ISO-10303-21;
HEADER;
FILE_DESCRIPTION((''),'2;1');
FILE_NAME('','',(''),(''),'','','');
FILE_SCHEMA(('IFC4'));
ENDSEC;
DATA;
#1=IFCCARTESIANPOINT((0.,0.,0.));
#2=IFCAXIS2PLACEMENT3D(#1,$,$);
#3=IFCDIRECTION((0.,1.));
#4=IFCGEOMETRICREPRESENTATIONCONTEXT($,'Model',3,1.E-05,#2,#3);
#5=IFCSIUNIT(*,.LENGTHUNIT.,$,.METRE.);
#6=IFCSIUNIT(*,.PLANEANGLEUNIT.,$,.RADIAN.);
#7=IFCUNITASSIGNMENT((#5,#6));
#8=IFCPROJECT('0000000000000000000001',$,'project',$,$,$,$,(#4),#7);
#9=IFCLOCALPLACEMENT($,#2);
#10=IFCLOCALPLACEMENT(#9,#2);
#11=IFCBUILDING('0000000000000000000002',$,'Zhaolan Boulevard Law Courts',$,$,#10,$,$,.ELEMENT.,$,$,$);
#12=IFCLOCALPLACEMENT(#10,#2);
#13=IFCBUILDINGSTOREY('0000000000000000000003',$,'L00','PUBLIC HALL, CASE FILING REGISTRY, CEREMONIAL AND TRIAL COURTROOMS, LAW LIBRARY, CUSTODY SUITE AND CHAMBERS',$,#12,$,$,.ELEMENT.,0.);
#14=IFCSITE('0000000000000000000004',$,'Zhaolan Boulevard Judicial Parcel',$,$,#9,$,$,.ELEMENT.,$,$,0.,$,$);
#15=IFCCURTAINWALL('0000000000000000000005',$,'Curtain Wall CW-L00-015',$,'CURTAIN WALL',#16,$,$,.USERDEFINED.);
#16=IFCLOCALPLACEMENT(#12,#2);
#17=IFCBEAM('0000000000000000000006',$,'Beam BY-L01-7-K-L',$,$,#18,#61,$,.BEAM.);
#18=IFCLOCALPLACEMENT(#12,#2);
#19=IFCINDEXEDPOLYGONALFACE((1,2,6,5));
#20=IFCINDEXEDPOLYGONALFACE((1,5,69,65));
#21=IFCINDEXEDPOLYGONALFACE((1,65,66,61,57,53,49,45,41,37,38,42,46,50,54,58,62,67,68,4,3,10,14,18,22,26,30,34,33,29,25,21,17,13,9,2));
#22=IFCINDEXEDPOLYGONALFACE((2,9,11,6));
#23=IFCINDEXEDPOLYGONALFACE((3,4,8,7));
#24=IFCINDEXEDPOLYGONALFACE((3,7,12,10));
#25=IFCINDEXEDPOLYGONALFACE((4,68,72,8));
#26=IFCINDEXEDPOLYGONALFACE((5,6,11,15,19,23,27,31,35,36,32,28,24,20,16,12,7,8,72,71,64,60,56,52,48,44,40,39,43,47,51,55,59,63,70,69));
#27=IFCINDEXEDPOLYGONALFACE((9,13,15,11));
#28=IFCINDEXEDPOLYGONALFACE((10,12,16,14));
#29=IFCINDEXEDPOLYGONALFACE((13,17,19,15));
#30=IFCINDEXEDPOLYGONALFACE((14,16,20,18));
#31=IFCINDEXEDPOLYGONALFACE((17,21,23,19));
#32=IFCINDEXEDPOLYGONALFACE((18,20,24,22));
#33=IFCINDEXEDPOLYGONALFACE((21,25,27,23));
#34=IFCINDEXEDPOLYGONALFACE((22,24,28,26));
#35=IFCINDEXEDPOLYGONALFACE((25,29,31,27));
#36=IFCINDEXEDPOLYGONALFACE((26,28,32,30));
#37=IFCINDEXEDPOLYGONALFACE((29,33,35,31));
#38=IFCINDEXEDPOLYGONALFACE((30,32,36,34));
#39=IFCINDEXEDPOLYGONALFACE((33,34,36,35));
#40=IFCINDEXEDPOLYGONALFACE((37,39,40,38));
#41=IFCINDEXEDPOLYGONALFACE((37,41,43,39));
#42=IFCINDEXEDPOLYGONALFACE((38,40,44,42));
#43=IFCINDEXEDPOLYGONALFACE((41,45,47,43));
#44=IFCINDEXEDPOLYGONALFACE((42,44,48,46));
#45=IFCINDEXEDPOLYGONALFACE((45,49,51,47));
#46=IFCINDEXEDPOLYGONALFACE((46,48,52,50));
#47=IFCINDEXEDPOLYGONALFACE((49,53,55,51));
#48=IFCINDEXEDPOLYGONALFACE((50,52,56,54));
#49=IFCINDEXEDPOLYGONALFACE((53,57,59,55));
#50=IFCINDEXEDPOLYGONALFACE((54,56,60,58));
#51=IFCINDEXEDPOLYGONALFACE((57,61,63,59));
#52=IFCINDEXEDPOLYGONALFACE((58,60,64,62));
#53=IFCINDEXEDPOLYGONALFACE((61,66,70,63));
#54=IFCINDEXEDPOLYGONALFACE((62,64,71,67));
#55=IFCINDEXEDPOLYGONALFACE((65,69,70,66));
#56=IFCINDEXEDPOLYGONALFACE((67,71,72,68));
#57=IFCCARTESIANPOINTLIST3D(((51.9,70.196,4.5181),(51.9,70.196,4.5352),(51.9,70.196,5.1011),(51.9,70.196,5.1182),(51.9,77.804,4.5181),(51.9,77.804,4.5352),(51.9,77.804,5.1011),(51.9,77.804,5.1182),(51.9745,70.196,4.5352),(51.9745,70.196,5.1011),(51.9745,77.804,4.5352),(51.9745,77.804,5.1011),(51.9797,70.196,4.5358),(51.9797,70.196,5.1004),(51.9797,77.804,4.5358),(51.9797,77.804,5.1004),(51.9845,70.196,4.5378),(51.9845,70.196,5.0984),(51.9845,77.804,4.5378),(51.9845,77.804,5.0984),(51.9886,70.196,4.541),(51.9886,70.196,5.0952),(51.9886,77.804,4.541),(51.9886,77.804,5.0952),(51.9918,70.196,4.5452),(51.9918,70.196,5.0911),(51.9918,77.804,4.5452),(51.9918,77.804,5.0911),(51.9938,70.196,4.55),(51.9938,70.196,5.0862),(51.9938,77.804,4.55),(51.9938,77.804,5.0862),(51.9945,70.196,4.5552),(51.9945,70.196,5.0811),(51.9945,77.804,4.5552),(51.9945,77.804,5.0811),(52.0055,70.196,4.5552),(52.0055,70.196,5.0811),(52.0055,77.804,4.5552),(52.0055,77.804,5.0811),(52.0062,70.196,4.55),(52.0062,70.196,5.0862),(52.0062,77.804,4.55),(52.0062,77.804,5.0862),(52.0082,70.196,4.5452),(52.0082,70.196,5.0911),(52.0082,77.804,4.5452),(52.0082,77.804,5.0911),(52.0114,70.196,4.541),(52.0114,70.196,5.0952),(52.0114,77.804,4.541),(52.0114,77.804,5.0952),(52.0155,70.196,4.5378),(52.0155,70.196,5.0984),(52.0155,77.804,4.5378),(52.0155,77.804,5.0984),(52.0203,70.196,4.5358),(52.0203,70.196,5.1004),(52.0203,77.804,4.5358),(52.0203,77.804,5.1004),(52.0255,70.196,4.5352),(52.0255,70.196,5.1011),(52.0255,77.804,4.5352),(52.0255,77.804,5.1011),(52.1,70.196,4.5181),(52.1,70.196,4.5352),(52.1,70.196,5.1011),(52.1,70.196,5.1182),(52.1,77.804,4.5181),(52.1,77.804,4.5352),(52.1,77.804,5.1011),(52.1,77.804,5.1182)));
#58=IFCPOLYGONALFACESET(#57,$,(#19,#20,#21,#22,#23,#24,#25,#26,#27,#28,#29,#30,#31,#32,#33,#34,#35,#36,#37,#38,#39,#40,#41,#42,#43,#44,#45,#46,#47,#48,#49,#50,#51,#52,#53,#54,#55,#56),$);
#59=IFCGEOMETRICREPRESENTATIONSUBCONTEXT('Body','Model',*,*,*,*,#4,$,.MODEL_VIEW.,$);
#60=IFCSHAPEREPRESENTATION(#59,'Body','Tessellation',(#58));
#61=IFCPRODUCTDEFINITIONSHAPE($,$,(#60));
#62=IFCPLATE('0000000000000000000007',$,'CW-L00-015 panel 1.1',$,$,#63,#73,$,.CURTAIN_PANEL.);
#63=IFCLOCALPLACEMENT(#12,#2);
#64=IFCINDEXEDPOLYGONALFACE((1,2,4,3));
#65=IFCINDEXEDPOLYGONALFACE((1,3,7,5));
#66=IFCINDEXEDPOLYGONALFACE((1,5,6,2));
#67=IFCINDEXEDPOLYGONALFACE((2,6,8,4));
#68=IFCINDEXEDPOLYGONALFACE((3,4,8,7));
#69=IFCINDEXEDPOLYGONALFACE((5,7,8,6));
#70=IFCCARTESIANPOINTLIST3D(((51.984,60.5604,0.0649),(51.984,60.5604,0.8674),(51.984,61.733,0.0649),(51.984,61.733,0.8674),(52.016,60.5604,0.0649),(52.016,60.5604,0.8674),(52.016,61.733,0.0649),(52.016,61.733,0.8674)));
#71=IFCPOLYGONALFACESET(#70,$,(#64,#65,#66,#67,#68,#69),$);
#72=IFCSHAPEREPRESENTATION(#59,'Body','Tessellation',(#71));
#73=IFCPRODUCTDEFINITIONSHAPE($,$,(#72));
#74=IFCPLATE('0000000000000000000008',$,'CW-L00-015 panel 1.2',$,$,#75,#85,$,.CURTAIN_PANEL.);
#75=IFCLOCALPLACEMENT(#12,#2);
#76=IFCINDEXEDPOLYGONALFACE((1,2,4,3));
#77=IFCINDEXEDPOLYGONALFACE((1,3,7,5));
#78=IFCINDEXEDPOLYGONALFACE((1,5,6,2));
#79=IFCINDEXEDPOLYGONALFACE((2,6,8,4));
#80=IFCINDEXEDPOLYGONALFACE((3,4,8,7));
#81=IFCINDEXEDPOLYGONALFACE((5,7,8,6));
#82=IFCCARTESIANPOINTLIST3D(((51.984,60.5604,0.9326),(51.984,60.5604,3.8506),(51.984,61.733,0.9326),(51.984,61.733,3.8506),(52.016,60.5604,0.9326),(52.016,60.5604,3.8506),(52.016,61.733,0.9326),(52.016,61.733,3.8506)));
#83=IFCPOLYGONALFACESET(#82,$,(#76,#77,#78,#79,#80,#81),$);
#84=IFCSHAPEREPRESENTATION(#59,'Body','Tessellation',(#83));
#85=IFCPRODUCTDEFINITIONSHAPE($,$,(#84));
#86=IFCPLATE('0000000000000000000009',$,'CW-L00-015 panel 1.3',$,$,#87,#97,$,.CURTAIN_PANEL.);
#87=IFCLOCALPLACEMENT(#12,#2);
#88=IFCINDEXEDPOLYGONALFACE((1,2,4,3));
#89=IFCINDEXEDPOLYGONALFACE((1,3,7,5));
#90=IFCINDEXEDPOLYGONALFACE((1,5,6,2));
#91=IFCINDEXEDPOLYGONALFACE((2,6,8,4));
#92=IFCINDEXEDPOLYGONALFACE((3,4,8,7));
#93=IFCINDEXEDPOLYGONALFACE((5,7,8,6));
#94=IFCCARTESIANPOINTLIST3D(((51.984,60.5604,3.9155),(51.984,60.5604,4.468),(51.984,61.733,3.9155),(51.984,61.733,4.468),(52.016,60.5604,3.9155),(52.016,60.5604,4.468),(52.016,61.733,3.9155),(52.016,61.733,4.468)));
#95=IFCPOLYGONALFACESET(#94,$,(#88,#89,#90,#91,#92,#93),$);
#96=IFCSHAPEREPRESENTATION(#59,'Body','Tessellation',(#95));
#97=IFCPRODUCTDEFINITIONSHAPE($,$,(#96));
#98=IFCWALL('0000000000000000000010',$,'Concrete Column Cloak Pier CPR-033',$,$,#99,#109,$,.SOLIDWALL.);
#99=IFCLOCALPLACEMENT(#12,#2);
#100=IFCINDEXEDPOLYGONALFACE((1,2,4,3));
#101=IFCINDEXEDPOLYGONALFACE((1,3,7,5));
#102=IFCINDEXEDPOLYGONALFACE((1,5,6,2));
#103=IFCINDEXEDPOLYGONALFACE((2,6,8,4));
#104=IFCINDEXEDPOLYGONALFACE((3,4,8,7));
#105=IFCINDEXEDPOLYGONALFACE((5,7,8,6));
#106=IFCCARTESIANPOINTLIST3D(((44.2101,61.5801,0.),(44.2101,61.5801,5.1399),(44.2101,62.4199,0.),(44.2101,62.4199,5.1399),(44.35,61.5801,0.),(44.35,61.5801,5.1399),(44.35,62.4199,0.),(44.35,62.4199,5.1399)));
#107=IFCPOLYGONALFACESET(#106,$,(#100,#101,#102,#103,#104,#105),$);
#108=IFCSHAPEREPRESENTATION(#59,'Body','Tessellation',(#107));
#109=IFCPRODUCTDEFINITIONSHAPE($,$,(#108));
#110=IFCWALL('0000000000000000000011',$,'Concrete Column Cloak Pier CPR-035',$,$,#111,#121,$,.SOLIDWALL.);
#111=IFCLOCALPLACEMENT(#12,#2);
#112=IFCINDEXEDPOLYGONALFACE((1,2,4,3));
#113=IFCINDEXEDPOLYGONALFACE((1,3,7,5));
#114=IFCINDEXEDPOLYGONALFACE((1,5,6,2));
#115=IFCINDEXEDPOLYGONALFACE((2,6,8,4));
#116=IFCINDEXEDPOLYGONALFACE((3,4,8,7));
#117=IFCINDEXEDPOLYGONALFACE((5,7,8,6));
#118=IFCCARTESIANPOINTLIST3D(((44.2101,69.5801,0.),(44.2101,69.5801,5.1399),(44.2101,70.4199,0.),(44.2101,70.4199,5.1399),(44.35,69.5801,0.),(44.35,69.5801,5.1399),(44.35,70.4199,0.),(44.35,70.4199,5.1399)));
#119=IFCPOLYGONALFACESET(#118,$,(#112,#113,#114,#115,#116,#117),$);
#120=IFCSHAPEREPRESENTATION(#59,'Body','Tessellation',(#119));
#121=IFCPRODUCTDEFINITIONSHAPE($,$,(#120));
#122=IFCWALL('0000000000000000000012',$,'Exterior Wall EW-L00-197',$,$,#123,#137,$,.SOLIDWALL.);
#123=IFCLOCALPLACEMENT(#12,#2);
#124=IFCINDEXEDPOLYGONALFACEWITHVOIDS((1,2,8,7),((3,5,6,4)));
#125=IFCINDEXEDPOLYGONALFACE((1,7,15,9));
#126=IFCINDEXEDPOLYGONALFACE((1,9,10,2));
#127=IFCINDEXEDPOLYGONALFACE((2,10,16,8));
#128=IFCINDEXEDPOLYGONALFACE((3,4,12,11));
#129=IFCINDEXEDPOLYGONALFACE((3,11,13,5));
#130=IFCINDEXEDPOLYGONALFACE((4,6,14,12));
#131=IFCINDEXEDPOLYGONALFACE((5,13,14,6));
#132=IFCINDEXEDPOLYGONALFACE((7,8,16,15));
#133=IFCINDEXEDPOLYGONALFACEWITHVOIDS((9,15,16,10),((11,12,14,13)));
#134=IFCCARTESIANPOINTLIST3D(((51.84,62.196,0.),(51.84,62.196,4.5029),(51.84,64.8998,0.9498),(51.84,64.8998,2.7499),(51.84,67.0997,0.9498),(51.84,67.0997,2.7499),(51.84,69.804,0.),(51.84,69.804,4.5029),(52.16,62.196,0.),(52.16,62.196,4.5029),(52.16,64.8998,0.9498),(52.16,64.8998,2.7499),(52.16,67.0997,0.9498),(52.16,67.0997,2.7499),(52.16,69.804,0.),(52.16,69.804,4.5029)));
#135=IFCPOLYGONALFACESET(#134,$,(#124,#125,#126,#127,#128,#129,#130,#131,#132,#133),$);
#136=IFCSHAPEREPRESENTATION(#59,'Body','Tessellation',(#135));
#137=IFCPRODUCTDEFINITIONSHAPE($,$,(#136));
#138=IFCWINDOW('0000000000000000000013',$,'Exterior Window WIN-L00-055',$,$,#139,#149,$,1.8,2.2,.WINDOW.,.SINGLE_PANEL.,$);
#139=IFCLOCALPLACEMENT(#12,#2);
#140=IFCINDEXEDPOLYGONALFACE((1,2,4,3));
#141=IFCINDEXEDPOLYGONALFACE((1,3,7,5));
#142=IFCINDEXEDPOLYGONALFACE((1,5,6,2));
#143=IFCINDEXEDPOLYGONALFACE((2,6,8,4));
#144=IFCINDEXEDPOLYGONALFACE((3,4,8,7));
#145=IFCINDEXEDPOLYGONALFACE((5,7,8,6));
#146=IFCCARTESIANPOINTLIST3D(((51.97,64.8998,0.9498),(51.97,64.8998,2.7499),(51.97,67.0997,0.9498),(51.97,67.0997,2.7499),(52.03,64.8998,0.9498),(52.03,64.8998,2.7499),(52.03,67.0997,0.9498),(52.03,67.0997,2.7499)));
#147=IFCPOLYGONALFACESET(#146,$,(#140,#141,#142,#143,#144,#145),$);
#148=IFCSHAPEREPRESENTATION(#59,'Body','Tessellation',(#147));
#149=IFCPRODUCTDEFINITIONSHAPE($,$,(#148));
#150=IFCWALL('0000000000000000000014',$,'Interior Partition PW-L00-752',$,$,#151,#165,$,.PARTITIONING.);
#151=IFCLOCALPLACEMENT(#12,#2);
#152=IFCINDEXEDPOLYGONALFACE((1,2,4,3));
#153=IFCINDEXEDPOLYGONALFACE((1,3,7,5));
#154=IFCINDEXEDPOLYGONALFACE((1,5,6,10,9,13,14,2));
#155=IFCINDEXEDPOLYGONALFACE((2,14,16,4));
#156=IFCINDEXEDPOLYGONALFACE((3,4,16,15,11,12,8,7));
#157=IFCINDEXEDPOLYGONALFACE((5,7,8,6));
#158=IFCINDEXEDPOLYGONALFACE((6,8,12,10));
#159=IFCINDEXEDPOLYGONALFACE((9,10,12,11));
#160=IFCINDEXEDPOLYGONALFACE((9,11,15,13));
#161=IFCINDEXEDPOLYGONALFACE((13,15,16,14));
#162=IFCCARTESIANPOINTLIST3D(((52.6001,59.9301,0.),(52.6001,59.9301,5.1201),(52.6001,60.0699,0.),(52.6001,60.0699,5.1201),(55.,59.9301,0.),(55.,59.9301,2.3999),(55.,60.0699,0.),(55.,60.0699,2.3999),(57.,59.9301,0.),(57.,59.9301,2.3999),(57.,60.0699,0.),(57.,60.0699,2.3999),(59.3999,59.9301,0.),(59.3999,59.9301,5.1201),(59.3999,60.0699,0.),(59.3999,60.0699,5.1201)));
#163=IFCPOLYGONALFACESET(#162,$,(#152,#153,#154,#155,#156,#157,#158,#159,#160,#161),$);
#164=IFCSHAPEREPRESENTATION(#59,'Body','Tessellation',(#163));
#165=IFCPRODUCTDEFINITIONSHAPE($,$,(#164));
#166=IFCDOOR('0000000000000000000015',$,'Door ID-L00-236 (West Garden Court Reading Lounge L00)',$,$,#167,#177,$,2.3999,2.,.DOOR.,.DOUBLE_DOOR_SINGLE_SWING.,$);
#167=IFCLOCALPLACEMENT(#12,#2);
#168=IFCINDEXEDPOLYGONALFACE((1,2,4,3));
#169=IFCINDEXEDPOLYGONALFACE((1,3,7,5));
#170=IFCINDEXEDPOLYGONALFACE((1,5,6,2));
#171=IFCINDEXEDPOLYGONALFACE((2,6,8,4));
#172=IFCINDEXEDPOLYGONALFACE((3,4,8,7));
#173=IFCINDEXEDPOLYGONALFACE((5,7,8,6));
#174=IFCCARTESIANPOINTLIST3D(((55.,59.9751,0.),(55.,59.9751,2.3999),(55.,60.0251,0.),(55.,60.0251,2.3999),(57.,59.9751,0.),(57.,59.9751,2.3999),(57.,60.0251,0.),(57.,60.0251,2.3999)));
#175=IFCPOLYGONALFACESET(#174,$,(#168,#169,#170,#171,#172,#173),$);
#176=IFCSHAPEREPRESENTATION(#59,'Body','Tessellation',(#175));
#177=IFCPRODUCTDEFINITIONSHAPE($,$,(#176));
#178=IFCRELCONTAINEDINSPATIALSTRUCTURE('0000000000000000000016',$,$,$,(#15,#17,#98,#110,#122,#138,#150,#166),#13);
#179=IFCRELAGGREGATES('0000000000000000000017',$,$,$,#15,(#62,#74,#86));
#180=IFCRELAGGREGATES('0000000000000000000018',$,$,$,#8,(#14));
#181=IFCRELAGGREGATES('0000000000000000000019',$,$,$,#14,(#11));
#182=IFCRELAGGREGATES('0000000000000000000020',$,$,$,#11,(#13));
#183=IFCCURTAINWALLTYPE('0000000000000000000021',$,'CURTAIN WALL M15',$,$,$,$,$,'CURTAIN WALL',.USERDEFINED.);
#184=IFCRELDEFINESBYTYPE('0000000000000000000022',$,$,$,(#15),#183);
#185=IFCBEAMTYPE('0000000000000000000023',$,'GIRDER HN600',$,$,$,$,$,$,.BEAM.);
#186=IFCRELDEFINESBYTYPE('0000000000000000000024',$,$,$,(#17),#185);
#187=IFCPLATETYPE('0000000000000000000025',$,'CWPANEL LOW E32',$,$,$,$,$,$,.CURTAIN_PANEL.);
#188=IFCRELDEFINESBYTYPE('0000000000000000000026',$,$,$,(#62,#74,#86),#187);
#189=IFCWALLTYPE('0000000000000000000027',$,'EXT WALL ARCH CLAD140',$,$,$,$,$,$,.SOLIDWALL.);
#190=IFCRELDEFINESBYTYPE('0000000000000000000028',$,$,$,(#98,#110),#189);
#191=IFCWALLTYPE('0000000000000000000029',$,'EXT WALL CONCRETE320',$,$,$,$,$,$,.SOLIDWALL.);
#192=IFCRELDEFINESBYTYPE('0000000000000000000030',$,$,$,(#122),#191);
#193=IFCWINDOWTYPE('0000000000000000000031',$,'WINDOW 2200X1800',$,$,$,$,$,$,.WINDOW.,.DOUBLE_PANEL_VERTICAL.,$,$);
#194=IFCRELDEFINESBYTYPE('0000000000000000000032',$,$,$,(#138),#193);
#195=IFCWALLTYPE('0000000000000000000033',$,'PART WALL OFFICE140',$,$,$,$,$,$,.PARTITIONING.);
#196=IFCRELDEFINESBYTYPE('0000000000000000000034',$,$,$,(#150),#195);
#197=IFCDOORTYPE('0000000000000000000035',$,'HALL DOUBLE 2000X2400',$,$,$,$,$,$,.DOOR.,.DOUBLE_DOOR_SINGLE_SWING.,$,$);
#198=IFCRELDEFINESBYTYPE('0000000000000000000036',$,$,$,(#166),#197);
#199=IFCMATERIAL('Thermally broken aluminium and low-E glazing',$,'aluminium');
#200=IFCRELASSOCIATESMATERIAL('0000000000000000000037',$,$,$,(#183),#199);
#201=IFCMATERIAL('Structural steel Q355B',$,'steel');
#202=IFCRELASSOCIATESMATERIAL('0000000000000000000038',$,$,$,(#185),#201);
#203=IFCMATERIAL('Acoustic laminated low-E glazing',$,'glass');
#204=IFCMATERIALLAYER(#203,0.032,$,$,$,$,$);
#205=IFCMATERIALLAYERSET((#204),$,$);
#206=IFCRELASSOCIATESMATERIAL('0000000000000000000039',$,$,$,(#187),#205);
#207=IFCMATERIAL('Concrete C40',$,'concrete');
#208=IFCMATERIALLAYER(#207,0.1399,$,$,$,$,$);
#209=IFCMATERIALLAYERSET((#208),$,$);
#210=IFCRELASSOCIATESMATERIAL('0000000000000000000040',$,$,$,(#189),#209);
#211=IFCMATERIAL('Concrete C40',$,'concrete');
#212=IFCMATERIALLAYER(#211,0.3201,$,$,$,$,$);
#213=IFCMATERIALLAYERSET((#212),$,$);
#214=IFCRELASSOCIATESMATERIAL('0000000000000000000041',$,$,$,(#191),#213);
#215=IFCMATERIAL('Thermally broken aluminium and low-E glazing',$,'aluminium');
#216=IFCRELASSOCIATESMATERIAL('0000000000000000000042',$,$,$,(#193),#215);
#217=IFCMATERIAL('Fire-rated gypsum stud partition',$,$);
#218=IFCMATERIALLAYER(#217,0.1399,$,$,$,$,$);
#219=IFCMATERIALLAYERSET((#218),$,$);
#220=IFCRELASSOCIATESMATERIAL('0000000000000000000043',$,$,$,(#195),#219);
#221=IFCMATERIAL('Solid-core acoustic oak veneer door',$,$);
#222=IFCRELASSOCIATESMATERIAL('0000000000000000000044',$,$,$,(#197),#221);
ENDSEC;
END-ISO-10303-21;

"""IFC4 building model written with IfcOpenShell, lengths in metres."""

from ifc_helpers import new_model, si_unit, direction, frame, frame_2d, origin, origin_2d, place, context, subcontext, project, spatial, rectangle, i_section, extrude, material, layer, layer_set, material_profile, profile_set, type_object, element, fill, aggregate, save


model = new_model("IFC4")

# Units and contexts
model_context = context("Model", 3, precision=1e-05, world=origin(), true_north=direction((0.0, 1.0)))
body_context = subcontext(model_context, "Body", "Model", "MODEL_VIEW")
ifc_project = project(units=[si_unit("LENGTHUNIT", "METRE"), si_unit("PLANEANGLEUNIT", "RADIAN")], contexts=[model_context])

# Site, building, storey
site_placement = place(None, origin())
site = spatial("IfcSite", under=ifc_project, at=site_placement, Name="Zhaolan Boulevard Judicial Parcel", CompositionType="ELEMENT", RefElevation=0.0)
building_placement = place(site_placement, origin())
building = spatial("IfcBuilding", under=site, at=building_placement, Name="Zhaolan Boulevard Law Courts", CompositionType="ELEMENT")
storey_placement = place(building_placement, origin())
storey = spatial("IfcBuildingStorey", under=building, at=storey_placement, Name="L00", Description="PUBLIC HALL, CASE FILING REGISTRY, CEREMONIAL AND TRIAL COURTROOMS, LAW LIBRARY, CUSTODY SUITE AND CHAMBERS", CompositionType="ELEMENT", Elevation=0.0)

# Curtain wall
ifc_material_1 = material(Name="Thermally broken aluminium and low-E glazing", Category="aluminium")
curtain_wall_type = type_object("IfcCurtainWallType", Name="CURTAIN WALL M15", ElementType="CURTAIN WALL", PredefinedType="USERDEFINED", material=ifc_material_1)
curtain_wall_placement = place(storey_placement, origin())
curtain_wall = element("IfcCurtainWall", 1, at=curtain_wall_placement, inside=storey, type_object=curtain_wall_type, Name="Curtain Wall CW-L00-015", ObjectType="CURTAIN WALL", PredefinedType="USERDEFINED")

# Beam
ifc_material_2 = material(Name="Structural steel Q355B", Category="steel")
ifc_material_profile_1 = material_profile(ifc_material_2, i_section(OverallWidth=0.2, OverallDepth=0.6001, WebThickness=0.011, FlangeThickness=0.0171, FilletRadius=0.02, at=origin_2d()), Name="HN600x200")
ifc_profile_set_1 = profile_set([ifc_material_profile_1], Name="Structural steel Q355B")
beam_type_1 = type_object("IfcBeamType", Name="GIRDER HN600", PredefinedType="BEAM", material=ifc_profile_set_1)
for number, where, z_axis, x_axis, name in (
    (2, (52.0, 70.196, 4.8181), (0.0, 1.0, 0.0), (-1.0, 0.0, 0.0), "Beam BY-L01-7-K-L"),
):
    element("IfcBeam", number, at=place(storey_placement, frame(where, z_axis=z_axis, x_axis=x_axis)), inside=storey, type_object=beam_type_1, Name=name, PredefinedType="BEAM", context=body_context, shape_type="SweptSolid", body=[
        extrude(i_section(OverallWidth=0.2, OverallDepth=0.6001, WebThickness=0.011, FlangeThickness=0.0171, FilletRadius=0.02, at=origin_2d()), origin(), (0.0, 0.0, 1.0), 7.6079),
    ])

# Plates
ifc_material_3 = material(Name="Acoustic laminated low-E glazing", Category="glass")
ifc_layer_1 = layer(ifc_material_3, 0.032)
ifc_layer_set_1 = layer_set([ifc_layer_1])
plate_type = type_object("IfcPlateType", Name="CWPANEL LOW E32", PredefinedType="CURTAIN_PANEL", material=ifc_layer_set_1)
plate_1_placement = place(storey_placement, frame((52.0, 61.1467, 0.0649), z_axis=(0.0, 0.0, 1.0), x_axis=(0.0, -1.0, 0.0)))
plate_1 = element("IfcPlate", 3, at=plate_1_placement, type_object=plate_type, Name="CW-L00-015 panel 1.1", PredefinedType="CURTAIN_PANEL", context=body_context, shape_type="SweptSolid", body=[
    extrude(rectangle(XDim=1.1726, YDim=0.032, at=origin_2d()), origin(), (0.0, 0.0, 1.0), 0.8025),
])
plate_2_placement = place(storey_placement, frame((52.0, 61.1467, 0.9326), z_axis=(0.0, 0.0, 1.0), x_axis=(0.0, -1.0, 0.0)))
plate_2 = element("IfcPlate", 4, at=plate_2_placement, type_object=plate_type, Name="CW-L00-015 panel 1.2", PredefinedType="CURTAIN_PANEL", context=body_context, shape_type="SweptSolid", body=[
    extrude(rectangle(XDim=1.1726, YDim=0.032, at=origin_2d()), origin(), (0.0, 0.0, 1.0), 2.918),
])
plate_3_placement = place(storey_placement, frame((52.0, 61.1467, 3.9155), z_axis=(0.0, 0.0, 1.0), x_axis=(0.0, -1.0, 0.0)))
plate_3 = element("IfcPlate", 5, at=plate_3_placement, type_object=plate_type, Name="CW-L00-015 panel 1.3", PredefinedType="CURTAIN_PANEL", context=body_context, shape_type="SweptSolid", body=[
    extrude(rectangle(XDim=1.1726, YDim=0.032, at=origin_2d()), origin(), (0.0, 0.0, 1.0), 0.5525),
])
aggregate(curtain_wall, [plate_1, plate_2, plate_3])

# Walls
ifc_material_4 = material(Name="Concrete C40", Category="concrete")
ifc_layer_2 = layer(ifc_material_4, 0.1399)
ifc_layer_set_2 = layer_set([ifc_layer_2])
wall_type_1 = type_object("IfcWallType", Name="EXT WALL ARCH CLAD140", PredefinedType="SOLIDWALL", material=ifc_layer_set_2)
for number, where, z_axis, x_axis, name in (
    (6, (44.28, 61.5801, 0.0), (0.0, 0.0, 1.0), (0.0, 1.0, 0.0), "Concrete Column Cloak Pier CPR-033"),
    (7, (44.28, 69.5801, 0.0), (0.0, 0.0, 1.0), (0.0, 1.0, 0.0), "Concrete Column Cloak Pier CPR-035"),
):
    element("IfcWall", number, at=place(storey_placement, frame(where, z_axis=z_axis, x_axis=x_axis)), inside=storey, type_object=wall_type_1, Name=name, PredefinedType="SOLIDWALL", context=body_context, shape_type="SweptSolid", body=[
        extrude(rectangle(XDim=0.8398, YDim=0.1399, at=frame_2d((0.4199, 0.0))), origin(), (0.0, 0.0, 1.0), 5.1399),
    ])

# Wall, opening, window
ifc_material_5 = material(Name="Concrete C40", Category="concrete")
ifc_layer_3 = layer(ifc_material_5, 0.3201)
ifc_layer_set_3 = layer_set([ifc_layer_3])
wall_type_2 = type_object("IfcWallType", Name="EXT WALL CONCRETE320", PredefinedType="SOLIDWALL", material=ifc_layer_set_3)
wall_1_placement = place(storey_placement, frame((52.0, 69.804, 0.0), z_axis=(0.0, 0.0, 1.0), x_axis=(0.0, -1.0, 0.0)))
wall_1 = element("IfcWall", 8, at=wall_1_placement, inside=storey, type_object=wall_type_2, Name="Exterior Wall EW-L00-197", PredefinedType="SOLIDWALL", context=body_context, shape_type="SweptSolid", body=[
    extrude(rectangle(XDim=7.6079, YDim=0.3201, at=frame_2d((3.804, 0.0))), origin(), (0.0, 0.0, 1.0), 4.5029),
])
opening_1_placement = place(wall_1_placement, frame((2.7041, 0.0, 0.95)))
opening_1 = element("IfcOpeningElement", 9, at=opening_1_placement, cuts=wall_1, PredefinedType="OPENING", context=body_context, shape_type="SweptSolid", body=[
    extrude(rectangle(XDim=2.2, YDim=1.8, at=frame_2d((1.1001, 0.8999))), frame((0.0, 0.1699, 0.0), z_axis=(0.0, -1.0, 0.0), x_axis=(1.0, 0.0, 0.0)), (0.0, 0.0, 1.0), 0.3401),
])
ifc_material_6 = material(Name="Thermally broken aluminium and low-E glazing", Category="aluminium")
window_type = type_object("IfcWindowType", Name="WINDOW 2200X1800", PartitioningType="DOUBLE_PANEL_VERTICAL", PredefinedType="WINDOW", material=ifc_material_6)
window_placement = place(opening_1_placement, origin())
window = element("IfcWindow", 10, at=window_placement, inside=storey, type_object=window_type, Name="Exterior Window WIN-L00-055", OverallHeight=1.8, OverallWidth=2.2, PartitioningType="SINGLE_PANEL", PredefinedType="WINDOW", context=body_context, shape_type="SweptSolid", body=[
    extrude(rectangle(XDim=2.2, YDim=1.8, at=frame_2d((1.1001, 0.8999))), frame((0.0, 0.03, 0.0), z_axis=(0.0, -1.0, 0.0), x_axis=(1.0, 0.0, 0.0)), (0.0, 0.0, 1.0), 0.0601),
])
fill(opening_1, window)

# Wall, opening, door
ifc_material_7 = material(Name="Fire-rated gypsum stud partition")
ifc_layer_4 = layer(ifc_material_7, 0.1399)
ifc_layer_set_4 = layer_set([ifc_layer_4])
wall_type_3 = type_object("IfcWallType", Name="PART WALL OFFICE140", PredefinedType="PARTITIONING", material=ifc_layer_set_4)
wall_2_placement = place(storey_placement, frame((59.3999, 60.0, 0.0), z_axis=(0.0, 0.0, 1.0), x_axis=(-1.0, 0.0, 0.0)))
wall_2 = element("IfcWall", 11, at=wall_2_placement, inside=storey, type_object=wall_type_3, Name="Interior Partition PW-L00-752", PredefinedType="PARTITIONING", context=body_context, shape_type="SweptSolid", body=[
    extrude(rectangle(XDim=6.7998, YDim=0.1399, at=frame_2d((3.3999, 0.0))), origin(), (0.0, 0.0, 1.0), 5.1201),
])
opening_2_placement = place(wall_2_placement, frame((2.3999, 0.0, 0.0)))
opening_2 = element("IfcOpeningElement", 12, at=opening_2_placement, cuts=wall_2, PredefinedType="OPENING", context=body_context, shape_type="SweptSolid", body=[
    extrude(rectangle(XDim=2.0, YDim=2.3999, at=frame_2d((1.0, 1.2))), frame((0.0, 0.0798, 0.0), z_axis=(0.0, -1.0, 0.0), x_axis=(1.0, 0.0, 0.0)), (0.0, 0.0, 1.0), 0.1599),
])
ifc_material_8 = material(Name="Solid-core acoustic oak veneer door")
door_type = type_object("IfcDoorType", Name="HALL DOUBLE 2000X2400", OperationType="DOUBLE_DOOR_SINGLE_SWING", PredefinedType="DOOR", material=ifc_material_8)
door_placement = place(opening_2_placement, origin())
door = element("IfcDoor", 13, at=door_placement, inside=storey, type_object=door_type, Name="Door ID-L00-236 (West Garden Court Reading Lounge L00)", OperationType="DOUBLE_DOOR_SINGLE_SWING", OverallHeight=2.3999, OverallWidth=2.0, PredefinedType="DOOR", context=body_context, shape_type="SweptSolid", body=[
    extrude(rectangle(XDim=2.0, YDim=2.3999, at=frame_2d((1.0, 1.2))), frame((0.0, 0.0249, 0.0), z_axis=(0.0, -1.0, 0.0), x_axis=(1.0, 0.0, 0.0)), (0.0, 0.0, 1.0), 0.05),
])
fill(opening_2, door)

save(model, "model.ifc")
